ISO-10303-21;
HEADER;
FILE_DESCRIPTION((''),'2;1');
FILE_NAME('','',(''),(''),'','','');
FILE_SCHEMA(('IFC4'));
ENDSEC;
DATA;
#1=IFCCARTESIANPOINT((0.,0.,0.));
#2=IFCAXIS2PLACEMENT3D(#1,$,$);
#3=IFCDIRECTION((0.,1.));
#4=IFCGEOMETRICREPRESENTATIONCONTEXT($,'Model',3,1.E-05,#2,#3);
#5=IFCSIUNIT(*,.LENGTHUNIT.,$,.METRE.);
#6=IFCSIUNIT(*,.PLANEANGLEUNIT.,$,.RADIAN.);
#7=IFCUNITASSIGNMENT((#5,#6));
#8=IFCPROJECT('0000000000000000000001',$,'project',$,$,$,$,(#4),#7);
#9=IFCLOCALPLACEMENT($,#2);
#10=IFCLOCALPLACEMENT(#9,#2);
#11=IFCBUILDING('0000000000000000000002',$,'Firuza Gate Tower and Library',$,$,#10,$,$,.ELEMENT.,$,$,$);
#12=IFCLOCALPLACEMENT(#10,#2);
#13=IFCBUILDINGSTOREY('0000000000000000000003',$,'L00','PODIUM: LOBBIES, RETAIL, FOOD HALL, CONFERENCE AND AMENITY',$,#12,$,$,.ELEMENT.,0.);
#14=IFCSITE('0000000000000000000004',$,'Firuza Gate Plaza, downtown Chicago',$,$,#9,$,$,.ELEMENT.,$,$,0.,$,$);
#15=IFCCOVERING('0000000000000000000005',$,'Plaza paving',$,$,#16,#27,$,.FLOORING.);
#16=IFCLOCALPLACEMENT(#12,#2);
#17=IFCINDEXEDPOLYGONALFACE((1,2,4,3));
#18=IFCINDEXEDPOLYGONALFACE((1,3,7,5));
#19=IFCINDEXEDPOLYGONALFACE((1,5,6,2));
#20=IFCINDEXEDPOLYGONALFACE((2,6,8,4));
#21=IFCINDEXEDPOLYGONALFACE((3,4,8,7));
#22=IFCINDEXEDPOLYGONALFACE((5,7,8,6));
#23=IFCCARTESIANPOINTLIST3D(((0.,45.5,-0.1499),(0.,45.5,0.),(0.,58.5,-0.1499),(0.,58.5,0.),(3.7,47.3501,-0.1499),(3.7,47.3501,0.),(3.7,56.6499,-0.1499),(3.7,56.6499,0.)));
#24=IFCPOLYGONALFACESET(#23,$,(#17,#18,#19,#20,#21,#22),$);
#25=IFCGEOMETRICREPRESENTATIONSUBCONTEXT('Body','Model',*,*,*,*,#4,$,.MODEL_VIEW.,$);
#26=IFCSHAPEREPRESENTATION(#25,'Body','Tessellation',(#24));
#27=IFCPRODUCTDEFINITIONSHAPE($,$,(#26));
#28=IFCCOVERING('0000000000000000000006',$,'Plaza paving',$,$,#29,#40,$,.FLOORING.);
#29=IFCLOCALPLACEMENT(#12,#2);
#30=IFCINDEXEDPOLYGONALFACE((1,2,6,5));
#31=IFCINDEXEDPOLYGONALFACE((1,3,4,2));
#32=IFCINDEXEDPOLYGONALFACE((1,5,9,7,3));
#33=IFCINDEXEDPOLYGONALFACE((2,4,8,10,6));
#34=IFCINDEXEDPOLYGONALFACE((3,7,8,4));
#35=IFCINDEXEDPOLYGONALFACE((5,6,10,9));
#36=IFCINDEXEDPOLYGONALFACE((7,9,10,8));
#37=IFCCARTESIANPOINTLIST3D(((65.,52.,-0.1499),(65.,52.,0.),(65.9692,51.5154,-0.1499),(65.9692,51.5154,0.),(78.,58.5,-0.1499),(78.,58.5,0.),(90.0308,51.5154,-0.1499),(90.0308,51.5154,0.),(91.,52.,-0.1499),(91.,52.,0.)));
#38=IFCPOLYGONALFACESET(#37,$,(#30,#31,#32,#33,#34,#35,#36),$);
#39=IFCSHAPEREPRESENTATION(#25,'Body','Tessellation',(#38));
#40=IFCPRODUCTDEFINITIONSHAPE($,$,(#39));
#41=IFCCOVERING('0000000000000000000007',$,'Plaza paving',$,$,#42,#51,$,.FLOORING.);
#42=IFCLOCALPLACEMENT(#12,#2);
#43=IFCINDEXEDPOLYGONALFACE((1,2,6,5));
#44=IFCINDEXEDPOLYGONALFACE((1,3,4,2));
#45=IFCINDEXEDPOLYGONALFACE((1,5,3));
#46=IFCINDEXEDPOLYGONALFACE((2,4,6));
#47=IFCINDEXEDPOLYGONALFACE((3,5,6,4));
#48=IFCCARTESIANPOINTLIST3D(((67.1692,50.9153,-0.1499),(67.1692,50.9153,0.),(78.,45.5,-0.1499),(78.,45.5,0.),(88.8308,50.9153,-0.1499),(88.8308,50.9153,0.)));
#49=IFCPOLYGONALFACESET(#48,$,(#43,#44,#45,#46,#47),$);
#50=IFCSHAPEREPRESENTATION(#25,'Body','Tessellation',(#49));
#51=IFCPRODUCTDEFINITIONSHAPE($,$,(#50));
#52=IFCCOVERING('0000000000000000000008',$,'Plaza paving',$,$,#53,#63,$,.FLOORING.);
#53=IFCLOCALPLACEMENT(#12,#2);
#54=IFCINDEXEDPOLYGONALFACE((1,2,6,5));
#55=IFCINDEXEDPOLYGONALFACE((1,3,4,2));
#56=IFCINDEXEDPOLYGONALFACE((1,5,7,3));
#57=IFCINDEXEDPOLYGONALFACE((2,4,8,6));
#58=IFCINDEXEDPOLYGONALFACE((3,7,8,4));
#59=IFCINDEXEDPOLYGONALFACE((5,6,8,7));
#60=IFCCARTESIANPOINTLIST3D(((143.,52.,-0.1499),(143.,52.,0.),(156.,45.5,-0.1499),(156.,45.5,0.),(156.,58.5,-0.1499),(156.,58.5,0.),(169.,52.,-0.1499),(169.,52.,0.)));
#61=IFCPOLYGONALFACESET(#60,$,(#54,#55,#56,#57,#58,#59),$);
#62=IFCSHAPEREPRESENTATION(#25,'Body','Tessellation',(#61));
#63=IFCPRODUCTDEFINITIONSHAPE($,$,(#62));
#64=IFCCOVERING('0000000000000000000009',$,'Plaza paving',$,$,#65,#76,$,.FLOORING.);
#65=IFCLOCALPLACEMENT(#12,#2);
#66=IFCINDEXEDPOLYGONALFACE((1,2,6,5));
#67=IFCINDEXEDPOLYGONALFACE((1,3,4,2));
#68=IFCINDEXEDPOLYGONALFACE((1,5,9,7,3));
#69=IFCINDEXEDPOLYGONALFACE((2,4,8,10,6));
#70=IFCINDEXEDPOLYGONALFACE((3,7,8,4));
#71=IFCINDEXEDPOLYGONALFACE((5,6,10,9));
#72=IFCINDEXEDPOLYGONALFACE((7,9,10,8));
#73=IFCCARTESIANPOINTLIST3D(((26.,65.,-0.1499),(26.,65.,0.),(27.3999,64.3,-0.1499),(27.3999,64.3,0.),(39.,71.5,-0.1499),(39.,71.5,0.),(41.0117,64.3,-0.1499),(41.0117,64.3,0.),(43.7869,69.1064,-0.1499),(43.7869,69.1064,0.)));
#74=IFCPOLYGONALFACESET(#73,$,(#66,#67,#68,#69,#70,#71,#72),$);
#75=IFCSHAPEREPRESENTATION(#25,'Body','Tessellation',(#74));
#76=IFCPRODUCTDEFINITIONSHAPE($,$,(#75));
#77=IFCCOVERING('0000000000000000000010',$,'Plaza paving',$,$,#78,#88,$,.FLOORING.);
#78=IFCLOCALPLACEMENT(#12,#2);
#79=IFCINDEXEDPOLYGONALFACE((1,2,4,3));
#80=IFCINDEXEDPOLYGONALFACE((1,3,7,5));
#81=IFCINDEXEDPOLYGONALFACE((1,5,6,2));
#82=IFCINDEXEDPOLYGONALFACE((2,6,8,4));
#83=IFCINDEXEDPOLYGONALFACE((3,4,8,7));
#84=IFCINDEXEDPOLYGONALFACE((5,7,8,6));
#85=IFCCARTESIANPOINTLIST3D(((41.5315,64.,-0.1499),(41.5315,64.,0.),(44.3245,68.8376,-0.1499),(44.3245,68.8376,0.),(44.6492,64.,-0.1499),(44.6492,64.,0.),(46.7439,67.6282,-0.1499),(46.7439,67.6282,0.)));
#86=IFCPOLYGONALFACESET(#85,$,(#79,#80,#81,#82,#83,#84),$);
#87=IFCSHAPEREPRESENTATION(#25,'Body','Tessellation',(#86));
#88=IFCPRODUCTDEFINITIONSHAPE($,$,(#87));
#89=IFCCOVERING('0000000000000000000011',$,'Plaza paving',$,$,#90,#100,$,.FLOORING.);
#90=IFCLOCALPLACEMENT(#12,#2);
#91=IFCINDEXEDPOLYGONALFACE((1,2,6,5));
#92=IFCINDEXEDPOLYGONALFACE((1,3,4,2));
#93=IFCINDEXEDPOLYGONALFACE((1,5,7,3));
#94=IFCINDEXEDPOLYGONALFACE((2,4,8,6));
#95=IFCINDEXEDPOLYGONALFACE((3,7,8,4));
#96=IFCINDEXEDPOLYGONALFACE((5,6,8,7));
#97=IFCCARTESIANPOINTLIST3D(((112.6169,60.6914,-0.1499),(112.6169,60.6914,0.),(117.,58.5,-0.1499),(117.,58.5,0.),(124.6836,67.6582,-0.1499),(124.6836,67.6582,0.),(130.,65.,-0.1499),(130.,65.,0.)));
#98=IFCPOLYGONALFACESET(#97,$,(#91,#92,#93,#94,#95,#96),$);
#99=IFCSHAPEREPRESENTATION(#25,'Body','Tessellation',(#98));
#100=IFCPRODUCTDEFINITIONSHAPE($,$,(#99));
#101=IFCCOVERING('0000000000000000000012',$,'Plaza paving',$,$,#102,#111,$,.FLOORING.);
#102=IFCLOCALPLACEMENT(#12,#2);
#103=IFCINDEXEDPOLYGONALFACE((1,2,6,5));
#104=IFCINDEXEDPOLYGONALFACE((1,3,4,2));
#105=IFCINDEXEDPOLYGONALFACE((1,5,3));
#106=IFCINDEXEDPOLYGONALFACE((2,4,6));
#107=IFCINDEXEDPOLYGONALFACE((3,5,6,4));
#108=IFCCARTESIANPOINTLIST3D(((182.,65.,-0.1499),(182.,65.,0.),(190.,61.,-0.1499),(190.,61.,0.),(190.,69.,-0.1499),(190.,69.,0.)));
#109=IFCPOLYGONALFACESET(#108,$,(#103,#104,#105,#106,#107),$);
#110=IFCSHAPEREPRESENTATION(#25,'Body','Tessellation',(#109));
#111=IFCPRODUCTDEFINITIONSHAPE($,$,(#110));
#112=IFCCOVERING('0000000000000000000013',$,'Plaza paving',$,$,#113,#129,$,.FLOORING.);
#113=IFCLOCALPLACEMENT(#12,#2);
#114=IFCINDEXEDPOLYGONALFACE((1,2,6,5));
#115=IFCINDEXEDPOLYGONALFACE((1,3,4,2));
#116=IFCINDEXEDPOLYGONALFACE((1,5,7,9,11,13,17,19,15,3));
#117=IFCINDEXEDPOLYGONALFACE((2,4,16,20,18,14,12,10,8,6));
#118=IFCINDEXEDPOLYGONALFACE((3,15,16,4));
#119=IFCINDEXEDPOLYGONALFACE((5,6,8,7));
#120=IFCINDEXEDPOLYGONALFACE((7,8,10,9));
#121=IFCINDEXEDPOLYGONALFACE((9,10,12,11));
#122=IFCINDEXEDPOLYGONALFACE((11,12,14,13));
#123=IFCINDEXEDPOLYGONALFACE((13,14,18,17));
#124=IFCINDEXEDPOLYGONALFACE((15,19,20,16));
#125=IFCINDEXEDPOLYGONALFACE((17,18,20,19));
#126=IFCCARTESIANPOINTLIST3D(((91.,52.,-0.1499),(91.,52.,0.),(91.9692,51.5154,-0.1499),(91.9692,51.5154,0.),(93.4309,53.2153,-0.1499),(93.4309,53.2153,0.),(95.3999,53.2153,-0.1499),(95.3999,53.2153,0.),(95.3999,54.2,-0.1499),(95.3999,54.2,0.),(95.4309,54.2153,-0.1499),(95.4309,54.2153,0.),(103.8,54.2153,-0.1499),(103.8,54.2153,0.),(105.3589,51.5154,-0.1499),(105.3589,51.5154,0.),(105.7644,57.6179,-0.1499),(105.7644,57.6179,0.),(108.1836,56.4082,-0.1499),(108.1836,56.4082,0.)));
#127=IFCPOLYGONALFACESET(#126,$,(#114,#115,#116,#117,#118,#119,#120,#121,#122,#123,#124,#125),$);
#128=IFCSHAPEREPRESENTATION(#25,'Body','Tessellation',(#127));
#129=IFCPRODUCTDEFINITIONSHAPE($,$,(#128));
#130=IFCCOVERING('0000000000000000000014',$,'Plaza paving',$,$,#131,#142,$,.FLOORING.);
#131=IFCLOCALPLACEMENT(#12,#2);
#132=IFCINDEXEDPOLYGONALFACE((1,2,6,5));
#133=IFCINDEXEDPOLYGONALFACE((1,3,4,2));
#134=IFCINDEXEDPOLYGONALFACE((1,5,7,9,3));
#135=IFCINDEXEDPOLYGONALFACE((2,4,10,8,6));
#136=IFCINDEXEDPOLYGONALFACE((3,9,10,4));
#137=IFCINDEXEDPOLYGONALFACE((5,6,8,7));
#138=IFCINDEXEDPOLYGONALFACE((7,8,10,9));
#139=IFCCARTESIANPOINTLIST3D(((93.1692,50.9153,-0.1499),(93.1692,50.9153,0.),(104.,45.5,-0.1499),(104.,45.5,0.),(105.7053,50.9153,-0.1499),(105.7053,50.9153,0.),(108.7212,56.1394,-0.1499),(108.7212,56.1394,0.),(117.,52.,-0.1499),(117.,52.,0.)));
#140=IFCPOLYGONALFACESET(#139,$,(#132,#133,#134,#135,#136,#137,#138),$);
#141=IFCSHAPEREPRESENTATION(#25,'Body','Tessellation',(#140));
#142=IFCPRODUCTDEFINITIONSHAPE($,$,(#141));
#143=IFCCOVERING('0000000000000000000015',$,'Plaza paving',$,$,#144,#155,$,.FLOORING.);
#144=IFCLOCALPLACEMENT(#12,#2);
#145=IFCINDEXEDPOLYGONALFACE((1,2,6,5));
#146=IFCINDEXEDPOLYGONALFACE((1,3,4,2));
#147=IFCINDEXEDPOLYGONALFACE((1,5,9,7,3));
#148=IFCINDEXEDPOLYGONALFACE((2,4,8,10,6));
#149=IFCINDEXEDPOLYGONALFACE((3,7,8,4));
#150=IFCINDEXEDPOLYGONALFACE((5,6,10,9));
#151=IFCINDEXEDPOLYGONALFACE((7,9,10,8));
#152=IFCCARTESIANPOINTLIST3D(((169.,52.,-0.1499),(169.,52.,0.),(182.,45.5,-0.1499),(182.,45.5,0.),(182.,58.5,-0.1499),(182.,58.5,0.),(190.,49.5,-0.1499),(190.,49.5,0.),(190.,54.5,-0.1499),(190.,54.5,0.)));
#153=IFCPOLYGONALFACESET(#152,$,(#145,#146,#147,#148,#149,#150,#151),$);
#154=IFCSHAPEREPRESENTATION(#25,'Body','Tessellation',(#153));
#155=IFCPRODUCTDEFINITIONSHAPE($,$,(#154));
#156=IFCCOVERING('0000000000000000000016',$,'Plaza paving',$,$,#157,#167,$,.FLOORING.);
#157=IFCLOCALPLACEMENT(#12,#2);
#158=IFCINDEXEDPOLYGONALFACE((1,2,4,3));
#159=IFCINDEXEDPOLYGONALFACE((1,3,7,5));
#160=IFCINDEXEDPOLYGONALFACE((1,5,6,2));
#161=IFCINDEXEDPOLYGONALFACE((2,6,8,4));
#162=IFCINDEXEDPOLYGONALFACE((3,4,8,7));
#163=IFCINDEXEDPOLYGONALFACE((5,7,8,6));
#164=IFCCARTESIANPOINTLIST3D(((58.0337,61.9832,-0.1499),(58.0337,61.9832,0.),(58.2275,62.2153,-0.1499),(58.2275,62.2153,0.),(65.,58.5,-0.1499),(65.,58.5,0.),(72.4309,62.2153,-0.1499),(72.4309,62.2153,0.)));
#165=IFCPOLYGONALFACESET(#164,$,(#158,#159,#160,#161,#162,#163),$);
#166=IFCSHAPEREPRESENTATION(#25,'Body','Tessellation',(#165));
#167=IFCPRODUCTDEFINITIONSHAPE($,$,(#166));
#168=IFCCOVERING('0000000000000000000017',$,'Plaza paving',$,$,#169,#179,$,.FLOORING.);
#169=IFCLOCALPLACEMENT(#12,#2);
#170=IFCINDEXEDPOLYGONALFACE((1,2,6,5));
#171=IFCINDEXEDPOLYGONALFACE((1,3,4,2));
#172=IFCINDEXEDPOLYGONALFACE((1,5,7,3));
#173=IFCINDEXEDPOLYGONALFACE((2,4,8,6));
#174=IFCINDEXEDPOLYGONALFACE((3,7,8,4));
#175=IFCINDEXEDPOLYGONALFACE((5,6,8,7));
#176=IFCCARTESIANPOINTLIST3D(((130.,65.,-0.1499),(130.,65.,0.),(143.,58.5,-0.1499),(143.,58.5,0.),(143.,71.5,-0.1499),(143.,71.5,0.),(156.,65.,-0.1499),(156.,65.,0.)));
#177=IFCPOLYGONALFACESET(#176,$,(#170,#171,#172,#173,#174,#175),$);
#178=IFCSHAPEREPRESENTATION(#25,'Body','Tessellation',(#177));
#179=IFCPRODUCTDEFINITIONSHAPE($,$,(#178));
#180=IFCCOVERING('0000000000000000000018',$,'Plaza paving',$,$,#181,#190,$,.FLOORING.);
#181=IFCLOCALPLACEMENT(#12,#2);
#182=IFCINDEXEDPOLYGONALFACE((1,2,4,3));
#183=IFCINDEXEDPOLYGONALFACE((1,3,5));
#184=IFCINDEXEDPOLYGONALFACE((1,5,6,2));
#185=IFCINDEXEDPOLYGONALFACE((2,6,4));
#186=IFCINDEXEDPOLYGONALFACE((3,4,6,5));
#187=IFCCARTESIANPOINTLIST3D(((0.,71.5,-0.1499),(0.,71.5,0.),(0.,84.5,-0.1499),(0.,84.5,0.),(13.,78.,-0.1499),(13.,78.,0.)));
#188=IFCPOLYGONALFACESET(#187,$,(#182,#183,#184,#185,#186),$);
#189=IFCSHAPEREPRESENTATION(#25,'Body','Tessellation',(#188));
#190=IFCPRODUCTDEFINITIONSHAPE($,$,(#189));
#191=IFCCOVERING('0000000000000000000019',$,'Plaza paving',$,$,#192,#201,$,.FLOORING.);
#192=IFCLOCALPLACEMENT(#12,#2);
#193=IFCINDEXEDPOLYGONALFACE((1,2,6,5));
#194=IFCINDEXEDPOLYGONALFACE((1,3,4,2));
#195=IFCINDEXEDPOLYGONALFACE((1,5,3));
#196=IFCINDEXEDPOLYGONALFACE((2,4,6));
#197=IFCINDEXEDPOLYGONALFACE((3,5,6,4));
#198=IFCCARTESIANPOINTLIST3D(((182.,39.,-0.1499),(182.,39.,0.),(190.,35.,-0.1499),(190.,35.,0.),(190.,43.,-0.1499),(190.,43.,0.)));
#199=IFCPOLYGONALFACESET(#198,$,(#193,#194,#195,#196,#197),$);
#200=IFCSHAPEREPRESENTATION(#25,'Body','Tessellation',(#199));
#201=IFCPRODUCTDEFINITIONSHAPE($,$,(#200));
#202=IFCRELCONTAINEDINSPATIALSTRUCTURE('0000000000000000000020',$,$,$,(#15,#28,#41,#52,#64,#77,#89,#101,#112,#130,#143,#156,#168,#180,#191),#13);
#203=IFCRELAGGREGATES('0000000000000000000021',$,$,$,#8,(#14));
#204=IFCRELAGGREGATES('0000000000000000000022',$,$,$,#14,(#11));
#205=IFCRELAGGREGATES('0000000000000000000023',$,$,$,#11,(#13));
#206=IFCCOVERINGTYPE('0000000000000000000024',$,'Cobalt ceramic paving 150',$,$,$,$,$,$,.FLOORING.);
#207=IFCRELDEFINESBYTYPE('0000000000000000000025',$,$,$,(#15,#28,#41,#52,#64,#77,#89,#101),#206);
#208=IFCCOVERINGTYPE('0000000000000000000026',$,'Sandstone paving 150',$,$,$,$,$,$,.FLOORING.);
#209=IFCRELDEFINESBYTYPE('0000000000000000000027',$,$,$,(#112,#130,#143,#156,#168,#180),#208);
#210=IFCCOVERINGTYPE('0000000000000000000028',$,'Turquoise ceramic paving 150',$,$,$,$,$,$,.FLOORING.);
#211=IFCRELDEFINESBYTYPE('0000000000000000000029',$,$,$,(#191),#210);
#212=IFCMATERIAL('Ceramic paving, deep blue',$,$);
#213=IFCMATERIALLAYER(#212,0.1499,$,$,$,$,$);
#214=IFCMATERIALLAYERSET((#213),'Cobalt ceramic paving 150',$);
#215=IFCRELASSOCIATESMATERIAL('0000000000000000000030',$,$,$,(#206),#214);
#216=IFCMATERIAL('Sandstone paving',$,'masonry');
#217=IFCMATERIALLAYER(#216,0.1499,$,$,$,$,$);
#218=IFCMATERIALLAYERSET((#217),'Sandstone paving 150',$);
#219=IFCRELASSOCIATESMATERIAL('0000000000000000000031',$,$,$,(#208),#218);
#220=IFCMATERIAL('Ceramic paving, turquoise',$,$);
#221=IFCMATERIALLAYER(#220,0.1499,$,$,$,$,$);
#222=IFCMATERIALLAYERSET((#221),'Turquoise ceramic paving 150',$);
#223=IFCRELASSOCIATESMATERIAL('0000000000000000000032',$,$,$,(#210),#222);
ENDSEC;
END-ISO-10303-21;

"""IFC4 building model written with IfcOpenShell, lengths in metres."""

from ifc_helpers import new_model, si_unit, direction, frame, origin, place, context, subcontext, project, spatial, polyline, outline, extrude, material, layer, layer_set, type_object, element, save


model = new_model("IFC4")

# Units and contexts
model_context = context("Model", 3, precision=1e-05, world=origin(), true_north=direction((0.0, 1.0)))
body_context = subcontext(model_context, "Body", "Model", "MODEL_VIEW")
ifc_project = project(units=[si_unit("LENGTHUNIT", "METRE"), si_unit("PLANEANGLEUNIT", "RADIAN")], contexts=[model_context])

# Site, building, storey
site_placement = place(None, origin())
site = spatial("IfcSite", under=ifc_project, at=site_placement, Name="Firuza Gate Plaza, downtown Chicago", CompositionType="ELEMENT", RefElevation=0.0)
building_placement = place(site_placement, origin())
building = spatial("IfcBuilding", under=site, at=building_placement, Name="Firuza Gate Tower and Library", CompositionType="ELEMENT")
storey_placement = place(building_placement, origin())
storey = spatial("IfcBuildingStorey", under=building, at=storey_placement, Name="L00", Description="PODIUM: LOBBIES, RETAIL, FOOD HALL, CONFERENCE AND AMENITY", CompositionType="ELEMENT", Elevation=0.0)

# Coverings
ifc_material_1 = material(Name="Ceramic paving, deep blue")
ifc_layer_1 = layer(ifc_material_1, 0.1499)
ifc_layer_set_1 = layer_set([ifc_layer_1], Name="Cobalt ceramic paving 150")
covering_type_1 = type_object("IfcCoveringType", Name="Cobalt ceramic paving 150", PredefinedType="FLOORING", material=ifc_layer_set_1)
placement = place(storey_placement, frame((0.0, 0.0, -0.1499)))
element("IfcCovering", 1, at=placement, inside=storey, type_object=covering_type_1, Name="Plaza paving", PredefinedType="FLOORING", context=body_context, shape_type="SweptSolid", body=[
    extrude(outline(polyline([(0.0, 45.5), (0.0, 58.5), (3.7, 56.6499), (3.7, 47.3501), (0.0, 45.5)])), origin(), (0.0, 0.0, 1.0), 0.1499),
])
element("IfcCovering", 2, at=placement, inside=storey, type_object=covering_type_1, Name="Plaza paving", PredefinedType="FLOORING", context=body_context, shape_type="SweptSolid", body=[
    extrude(outline(polyline([(65.0, 52.0), (78.0, 58.5), (91.0, 52.0), (90.0308, 51.5154), (65.9692, 51.5154), (65.0, 52.0)])), origin(), (0.0, 0.0, 1.0), 0.1499),
])
element("IfcCovering", 3, at=placement, inside=storey, type_object=covering_type_1, Name="Plaza paving", PredefinedType="FLOORING", context=body_context, shape_type="SweptSolid", body=[
    extrude(outline(polyline([(78.0, 45.5), (67.1692, 50.9153), (88.8308, 50.9153), (78.0, 45.5)])), origin(), (0.0, 0.0, 1.0), 0.1499),
])
element("IfcCovering", 4, at=placement, inside=storey, type_object=covering_type_1, Name="Plaza paving", PredefinedType="FLOORING", context=body_context, shape_type="SweptSolid", body=[
    extrude(outline(polyline([(156.0, 58.5), (169.0, 52.0), (156.0, 45.5), (143.0, 52.0), (156.0, 58.5)])), origin(), (0.0, 0.0, 1.0), 0.1499),
])
element("IfcCovering", 5, at=placement, inside=storey, type_object=covering_type_1, Name="Plaza paving", PredefinedType="FLOORING", context=body_context, shape_type="SweptSolid", body=[
    extrude(outline(polyline([(26.0, 65.0), (39.0, 71.5), (43.7869, 69.1064), (41.0117, 64.3), (27.3999, 64.3), (26.0, 65.0)])), origin(), (0.0, 0.0, 1.0), 0.1499),
])
element("IfcCovering", 6, at=placement, inside=storey, type_object=covering_type_1, Name="Plaza paving", PredefinedType="FLOORING", context=body_context, shape_type="SweptSolid", body=[
    extrude(outline(polyline([(46.7439, 67.6282), (44.6492, 64.0), (41.5315, 64.0), (44.3245, 68.8376), (46.7439, 67.6282)])), origin(), (0.0, 0.0, 1.0), 0.1499),
])
element("IfcCovering", 7, at=placement, inside=storey, type_object=covering_type_1, Name="Plaza paving", PredefinedType="FLOORING", context=body_context, shape_type="SweptSolid", body=[
    extrude(outline(polyline([(130.0, 65.0), (117.0, 58.5), (112.6169, 60.6914), (124.6836, 67.6582), (130.0, 65.0)])), origin(), (0.0, 0.0, 1.0), 0.1499),
])
element("IfcCovering", 8, at=placement, inside=storey, type_object=covering_type_1, Name="Plaza paving", PredefinedType="FLOORING", context=body_context, shape_type="SweptSolid", body=[
    extrude(outline(polyline([(182.0, 65.0), (190.0, 69.0), (190.0, 61.0), (182.0, 65.0)])), origin(), (0.0, 0.0, 1.0), 0.1499),
])
ifc_material_2 = material(Name="Sandstone paving", Category="masonry")
ifc_layer_2 = layer(ifc_material_2, 0.1499)
ifc_layer_set_2 = layer_set([ifc_layer_2], Name="Sandstone paving 150")
covering_type_2 = type_object("IfcCoveringType", Name="Sandstone paving 150", PredefinedType="FLOORING", material=ifc_layer_set_2)
element("IfcCovering", 9, at=placement, inside=storey, type_object=covering_type_2, Name="Plaza paving", PredefinedType="FLOORING", context=body_context, shape_type="SweptSolid", body=[
    extrude(outline(polyline([(91.0, 52.0), (93.4309, 53.2153), (95.3999, 53.2153), (95.3999, 54.2), (95.4309, 54.2153), (103.8, 54.2153), (105.7644, 57.6179), (108.1836, 56.4082), (105.3589, 51.5154), (91.9692, 51.5154), (91.0, 52.0)])), origin(), (0.0, 0.0, 1.0), 0.1499),
])
element("IfcCovering", 10, at=placement, inside=storey, type_object=covering_type_2, Name="Plaza paving", PredefinedType="FLOORING", context=body_context, shape_type="SweptSolid", body=[
    extrude(outline(polyline([(117.0, 52.0), (104.0, 45.5), (93.1692, 50.9153), (105.7053, 50.9153), (108.7212, 56.1394), (117.0, 52.0)])), origin(), (0.0, 0.0, 1.0), 0.1499),
])
element("IfcCovering", 11, at=placement, inside=storey, type_object=covering_type_2, Name="Plaza paving", PredefinedType="FLOORING", context=body_context, shape_type="SweptSolid", body=[
    extrude(outline(polyline([(182.0, 45.5), (169.0, 52.0), (182.0, 58.5), (190.0, 54.5), (190.0, 49.5), (182.0, 45.5)])), origin(), (0.0, 0.0, 1.0), 0.1499),
])
element("IfcCovering", 12, at=placement, inside=storey, type_object=covering_type_2, Name="Plaza paving", PredefinedType="FLOORING", context=body_context, shape_type="SweptSolid", body=[
    extrude(outline(polyline([(65.0, 58.5), (58.0337, 61.9832), (58.2275, 62.2153), (72.4309, 62.2153), (65.0, 58.5)])), origin(), (0.0, 0.0, 1.0), 0.1499),
])
element("IfcCovering", 13, at=placement, inside=storey, type_object=covering_type_2, Name="Plaza paving", PredefinedType="FLOORING", context=body_context, shape_type="SweptSolid", body=[
    extrude(outline(polyline([(143.0, 71.5), (156.0, 65.0), (143.0, 58.5), (130.0, 65.0), (143.0, 71.5)])), origin(), (0.0, 0.0, 1.0), 0.1499),
])
element("IfcCovering", 14, at=placement, inside=storey, type_object=covering_type_2, Name="Plaza paving", PredefinedType="FLOORING", context=body_context, shape_type="SweptSolid", body=[
    extrude(outline(polyline([(13.0, 78.0), (0.0, 71.5), (0.0, 84.5), (13.0, 78.0)])), origin(), (0.0, 0.0, 1.0), 0.1499),
])
ifc_material_3 = material(Name="Ceramic paving, turquoise")
ifc_layer_3 = layer(ifc_material_3, 0.1499)
ifc_layer_set_3 = layer_set([ifc_layer_3], Name="Turquoise ceramic paving 150")
covering_type_3 = type_object("IfcCoveringType", Name="Turquoise ceramic paving 150", PredefinedType="FLOORING", material=ifc_layer_set_3)
element("IfcCovering", 15, at=placement, inside=storey, type_object=covering_type_3, Name="Plaza paving", PredefinedType="FLOORING", context=body_context, shape_type="SweptSolid", body=[
    extrude(outline(polyline([(182.0, 39.0), (190.0, 43.0), (190.0, 35.0), (182.0, 39.0)])), origin(), (0.0, 0.0, 1.0), 0.1499),
])

save(model, "model.ifc")
